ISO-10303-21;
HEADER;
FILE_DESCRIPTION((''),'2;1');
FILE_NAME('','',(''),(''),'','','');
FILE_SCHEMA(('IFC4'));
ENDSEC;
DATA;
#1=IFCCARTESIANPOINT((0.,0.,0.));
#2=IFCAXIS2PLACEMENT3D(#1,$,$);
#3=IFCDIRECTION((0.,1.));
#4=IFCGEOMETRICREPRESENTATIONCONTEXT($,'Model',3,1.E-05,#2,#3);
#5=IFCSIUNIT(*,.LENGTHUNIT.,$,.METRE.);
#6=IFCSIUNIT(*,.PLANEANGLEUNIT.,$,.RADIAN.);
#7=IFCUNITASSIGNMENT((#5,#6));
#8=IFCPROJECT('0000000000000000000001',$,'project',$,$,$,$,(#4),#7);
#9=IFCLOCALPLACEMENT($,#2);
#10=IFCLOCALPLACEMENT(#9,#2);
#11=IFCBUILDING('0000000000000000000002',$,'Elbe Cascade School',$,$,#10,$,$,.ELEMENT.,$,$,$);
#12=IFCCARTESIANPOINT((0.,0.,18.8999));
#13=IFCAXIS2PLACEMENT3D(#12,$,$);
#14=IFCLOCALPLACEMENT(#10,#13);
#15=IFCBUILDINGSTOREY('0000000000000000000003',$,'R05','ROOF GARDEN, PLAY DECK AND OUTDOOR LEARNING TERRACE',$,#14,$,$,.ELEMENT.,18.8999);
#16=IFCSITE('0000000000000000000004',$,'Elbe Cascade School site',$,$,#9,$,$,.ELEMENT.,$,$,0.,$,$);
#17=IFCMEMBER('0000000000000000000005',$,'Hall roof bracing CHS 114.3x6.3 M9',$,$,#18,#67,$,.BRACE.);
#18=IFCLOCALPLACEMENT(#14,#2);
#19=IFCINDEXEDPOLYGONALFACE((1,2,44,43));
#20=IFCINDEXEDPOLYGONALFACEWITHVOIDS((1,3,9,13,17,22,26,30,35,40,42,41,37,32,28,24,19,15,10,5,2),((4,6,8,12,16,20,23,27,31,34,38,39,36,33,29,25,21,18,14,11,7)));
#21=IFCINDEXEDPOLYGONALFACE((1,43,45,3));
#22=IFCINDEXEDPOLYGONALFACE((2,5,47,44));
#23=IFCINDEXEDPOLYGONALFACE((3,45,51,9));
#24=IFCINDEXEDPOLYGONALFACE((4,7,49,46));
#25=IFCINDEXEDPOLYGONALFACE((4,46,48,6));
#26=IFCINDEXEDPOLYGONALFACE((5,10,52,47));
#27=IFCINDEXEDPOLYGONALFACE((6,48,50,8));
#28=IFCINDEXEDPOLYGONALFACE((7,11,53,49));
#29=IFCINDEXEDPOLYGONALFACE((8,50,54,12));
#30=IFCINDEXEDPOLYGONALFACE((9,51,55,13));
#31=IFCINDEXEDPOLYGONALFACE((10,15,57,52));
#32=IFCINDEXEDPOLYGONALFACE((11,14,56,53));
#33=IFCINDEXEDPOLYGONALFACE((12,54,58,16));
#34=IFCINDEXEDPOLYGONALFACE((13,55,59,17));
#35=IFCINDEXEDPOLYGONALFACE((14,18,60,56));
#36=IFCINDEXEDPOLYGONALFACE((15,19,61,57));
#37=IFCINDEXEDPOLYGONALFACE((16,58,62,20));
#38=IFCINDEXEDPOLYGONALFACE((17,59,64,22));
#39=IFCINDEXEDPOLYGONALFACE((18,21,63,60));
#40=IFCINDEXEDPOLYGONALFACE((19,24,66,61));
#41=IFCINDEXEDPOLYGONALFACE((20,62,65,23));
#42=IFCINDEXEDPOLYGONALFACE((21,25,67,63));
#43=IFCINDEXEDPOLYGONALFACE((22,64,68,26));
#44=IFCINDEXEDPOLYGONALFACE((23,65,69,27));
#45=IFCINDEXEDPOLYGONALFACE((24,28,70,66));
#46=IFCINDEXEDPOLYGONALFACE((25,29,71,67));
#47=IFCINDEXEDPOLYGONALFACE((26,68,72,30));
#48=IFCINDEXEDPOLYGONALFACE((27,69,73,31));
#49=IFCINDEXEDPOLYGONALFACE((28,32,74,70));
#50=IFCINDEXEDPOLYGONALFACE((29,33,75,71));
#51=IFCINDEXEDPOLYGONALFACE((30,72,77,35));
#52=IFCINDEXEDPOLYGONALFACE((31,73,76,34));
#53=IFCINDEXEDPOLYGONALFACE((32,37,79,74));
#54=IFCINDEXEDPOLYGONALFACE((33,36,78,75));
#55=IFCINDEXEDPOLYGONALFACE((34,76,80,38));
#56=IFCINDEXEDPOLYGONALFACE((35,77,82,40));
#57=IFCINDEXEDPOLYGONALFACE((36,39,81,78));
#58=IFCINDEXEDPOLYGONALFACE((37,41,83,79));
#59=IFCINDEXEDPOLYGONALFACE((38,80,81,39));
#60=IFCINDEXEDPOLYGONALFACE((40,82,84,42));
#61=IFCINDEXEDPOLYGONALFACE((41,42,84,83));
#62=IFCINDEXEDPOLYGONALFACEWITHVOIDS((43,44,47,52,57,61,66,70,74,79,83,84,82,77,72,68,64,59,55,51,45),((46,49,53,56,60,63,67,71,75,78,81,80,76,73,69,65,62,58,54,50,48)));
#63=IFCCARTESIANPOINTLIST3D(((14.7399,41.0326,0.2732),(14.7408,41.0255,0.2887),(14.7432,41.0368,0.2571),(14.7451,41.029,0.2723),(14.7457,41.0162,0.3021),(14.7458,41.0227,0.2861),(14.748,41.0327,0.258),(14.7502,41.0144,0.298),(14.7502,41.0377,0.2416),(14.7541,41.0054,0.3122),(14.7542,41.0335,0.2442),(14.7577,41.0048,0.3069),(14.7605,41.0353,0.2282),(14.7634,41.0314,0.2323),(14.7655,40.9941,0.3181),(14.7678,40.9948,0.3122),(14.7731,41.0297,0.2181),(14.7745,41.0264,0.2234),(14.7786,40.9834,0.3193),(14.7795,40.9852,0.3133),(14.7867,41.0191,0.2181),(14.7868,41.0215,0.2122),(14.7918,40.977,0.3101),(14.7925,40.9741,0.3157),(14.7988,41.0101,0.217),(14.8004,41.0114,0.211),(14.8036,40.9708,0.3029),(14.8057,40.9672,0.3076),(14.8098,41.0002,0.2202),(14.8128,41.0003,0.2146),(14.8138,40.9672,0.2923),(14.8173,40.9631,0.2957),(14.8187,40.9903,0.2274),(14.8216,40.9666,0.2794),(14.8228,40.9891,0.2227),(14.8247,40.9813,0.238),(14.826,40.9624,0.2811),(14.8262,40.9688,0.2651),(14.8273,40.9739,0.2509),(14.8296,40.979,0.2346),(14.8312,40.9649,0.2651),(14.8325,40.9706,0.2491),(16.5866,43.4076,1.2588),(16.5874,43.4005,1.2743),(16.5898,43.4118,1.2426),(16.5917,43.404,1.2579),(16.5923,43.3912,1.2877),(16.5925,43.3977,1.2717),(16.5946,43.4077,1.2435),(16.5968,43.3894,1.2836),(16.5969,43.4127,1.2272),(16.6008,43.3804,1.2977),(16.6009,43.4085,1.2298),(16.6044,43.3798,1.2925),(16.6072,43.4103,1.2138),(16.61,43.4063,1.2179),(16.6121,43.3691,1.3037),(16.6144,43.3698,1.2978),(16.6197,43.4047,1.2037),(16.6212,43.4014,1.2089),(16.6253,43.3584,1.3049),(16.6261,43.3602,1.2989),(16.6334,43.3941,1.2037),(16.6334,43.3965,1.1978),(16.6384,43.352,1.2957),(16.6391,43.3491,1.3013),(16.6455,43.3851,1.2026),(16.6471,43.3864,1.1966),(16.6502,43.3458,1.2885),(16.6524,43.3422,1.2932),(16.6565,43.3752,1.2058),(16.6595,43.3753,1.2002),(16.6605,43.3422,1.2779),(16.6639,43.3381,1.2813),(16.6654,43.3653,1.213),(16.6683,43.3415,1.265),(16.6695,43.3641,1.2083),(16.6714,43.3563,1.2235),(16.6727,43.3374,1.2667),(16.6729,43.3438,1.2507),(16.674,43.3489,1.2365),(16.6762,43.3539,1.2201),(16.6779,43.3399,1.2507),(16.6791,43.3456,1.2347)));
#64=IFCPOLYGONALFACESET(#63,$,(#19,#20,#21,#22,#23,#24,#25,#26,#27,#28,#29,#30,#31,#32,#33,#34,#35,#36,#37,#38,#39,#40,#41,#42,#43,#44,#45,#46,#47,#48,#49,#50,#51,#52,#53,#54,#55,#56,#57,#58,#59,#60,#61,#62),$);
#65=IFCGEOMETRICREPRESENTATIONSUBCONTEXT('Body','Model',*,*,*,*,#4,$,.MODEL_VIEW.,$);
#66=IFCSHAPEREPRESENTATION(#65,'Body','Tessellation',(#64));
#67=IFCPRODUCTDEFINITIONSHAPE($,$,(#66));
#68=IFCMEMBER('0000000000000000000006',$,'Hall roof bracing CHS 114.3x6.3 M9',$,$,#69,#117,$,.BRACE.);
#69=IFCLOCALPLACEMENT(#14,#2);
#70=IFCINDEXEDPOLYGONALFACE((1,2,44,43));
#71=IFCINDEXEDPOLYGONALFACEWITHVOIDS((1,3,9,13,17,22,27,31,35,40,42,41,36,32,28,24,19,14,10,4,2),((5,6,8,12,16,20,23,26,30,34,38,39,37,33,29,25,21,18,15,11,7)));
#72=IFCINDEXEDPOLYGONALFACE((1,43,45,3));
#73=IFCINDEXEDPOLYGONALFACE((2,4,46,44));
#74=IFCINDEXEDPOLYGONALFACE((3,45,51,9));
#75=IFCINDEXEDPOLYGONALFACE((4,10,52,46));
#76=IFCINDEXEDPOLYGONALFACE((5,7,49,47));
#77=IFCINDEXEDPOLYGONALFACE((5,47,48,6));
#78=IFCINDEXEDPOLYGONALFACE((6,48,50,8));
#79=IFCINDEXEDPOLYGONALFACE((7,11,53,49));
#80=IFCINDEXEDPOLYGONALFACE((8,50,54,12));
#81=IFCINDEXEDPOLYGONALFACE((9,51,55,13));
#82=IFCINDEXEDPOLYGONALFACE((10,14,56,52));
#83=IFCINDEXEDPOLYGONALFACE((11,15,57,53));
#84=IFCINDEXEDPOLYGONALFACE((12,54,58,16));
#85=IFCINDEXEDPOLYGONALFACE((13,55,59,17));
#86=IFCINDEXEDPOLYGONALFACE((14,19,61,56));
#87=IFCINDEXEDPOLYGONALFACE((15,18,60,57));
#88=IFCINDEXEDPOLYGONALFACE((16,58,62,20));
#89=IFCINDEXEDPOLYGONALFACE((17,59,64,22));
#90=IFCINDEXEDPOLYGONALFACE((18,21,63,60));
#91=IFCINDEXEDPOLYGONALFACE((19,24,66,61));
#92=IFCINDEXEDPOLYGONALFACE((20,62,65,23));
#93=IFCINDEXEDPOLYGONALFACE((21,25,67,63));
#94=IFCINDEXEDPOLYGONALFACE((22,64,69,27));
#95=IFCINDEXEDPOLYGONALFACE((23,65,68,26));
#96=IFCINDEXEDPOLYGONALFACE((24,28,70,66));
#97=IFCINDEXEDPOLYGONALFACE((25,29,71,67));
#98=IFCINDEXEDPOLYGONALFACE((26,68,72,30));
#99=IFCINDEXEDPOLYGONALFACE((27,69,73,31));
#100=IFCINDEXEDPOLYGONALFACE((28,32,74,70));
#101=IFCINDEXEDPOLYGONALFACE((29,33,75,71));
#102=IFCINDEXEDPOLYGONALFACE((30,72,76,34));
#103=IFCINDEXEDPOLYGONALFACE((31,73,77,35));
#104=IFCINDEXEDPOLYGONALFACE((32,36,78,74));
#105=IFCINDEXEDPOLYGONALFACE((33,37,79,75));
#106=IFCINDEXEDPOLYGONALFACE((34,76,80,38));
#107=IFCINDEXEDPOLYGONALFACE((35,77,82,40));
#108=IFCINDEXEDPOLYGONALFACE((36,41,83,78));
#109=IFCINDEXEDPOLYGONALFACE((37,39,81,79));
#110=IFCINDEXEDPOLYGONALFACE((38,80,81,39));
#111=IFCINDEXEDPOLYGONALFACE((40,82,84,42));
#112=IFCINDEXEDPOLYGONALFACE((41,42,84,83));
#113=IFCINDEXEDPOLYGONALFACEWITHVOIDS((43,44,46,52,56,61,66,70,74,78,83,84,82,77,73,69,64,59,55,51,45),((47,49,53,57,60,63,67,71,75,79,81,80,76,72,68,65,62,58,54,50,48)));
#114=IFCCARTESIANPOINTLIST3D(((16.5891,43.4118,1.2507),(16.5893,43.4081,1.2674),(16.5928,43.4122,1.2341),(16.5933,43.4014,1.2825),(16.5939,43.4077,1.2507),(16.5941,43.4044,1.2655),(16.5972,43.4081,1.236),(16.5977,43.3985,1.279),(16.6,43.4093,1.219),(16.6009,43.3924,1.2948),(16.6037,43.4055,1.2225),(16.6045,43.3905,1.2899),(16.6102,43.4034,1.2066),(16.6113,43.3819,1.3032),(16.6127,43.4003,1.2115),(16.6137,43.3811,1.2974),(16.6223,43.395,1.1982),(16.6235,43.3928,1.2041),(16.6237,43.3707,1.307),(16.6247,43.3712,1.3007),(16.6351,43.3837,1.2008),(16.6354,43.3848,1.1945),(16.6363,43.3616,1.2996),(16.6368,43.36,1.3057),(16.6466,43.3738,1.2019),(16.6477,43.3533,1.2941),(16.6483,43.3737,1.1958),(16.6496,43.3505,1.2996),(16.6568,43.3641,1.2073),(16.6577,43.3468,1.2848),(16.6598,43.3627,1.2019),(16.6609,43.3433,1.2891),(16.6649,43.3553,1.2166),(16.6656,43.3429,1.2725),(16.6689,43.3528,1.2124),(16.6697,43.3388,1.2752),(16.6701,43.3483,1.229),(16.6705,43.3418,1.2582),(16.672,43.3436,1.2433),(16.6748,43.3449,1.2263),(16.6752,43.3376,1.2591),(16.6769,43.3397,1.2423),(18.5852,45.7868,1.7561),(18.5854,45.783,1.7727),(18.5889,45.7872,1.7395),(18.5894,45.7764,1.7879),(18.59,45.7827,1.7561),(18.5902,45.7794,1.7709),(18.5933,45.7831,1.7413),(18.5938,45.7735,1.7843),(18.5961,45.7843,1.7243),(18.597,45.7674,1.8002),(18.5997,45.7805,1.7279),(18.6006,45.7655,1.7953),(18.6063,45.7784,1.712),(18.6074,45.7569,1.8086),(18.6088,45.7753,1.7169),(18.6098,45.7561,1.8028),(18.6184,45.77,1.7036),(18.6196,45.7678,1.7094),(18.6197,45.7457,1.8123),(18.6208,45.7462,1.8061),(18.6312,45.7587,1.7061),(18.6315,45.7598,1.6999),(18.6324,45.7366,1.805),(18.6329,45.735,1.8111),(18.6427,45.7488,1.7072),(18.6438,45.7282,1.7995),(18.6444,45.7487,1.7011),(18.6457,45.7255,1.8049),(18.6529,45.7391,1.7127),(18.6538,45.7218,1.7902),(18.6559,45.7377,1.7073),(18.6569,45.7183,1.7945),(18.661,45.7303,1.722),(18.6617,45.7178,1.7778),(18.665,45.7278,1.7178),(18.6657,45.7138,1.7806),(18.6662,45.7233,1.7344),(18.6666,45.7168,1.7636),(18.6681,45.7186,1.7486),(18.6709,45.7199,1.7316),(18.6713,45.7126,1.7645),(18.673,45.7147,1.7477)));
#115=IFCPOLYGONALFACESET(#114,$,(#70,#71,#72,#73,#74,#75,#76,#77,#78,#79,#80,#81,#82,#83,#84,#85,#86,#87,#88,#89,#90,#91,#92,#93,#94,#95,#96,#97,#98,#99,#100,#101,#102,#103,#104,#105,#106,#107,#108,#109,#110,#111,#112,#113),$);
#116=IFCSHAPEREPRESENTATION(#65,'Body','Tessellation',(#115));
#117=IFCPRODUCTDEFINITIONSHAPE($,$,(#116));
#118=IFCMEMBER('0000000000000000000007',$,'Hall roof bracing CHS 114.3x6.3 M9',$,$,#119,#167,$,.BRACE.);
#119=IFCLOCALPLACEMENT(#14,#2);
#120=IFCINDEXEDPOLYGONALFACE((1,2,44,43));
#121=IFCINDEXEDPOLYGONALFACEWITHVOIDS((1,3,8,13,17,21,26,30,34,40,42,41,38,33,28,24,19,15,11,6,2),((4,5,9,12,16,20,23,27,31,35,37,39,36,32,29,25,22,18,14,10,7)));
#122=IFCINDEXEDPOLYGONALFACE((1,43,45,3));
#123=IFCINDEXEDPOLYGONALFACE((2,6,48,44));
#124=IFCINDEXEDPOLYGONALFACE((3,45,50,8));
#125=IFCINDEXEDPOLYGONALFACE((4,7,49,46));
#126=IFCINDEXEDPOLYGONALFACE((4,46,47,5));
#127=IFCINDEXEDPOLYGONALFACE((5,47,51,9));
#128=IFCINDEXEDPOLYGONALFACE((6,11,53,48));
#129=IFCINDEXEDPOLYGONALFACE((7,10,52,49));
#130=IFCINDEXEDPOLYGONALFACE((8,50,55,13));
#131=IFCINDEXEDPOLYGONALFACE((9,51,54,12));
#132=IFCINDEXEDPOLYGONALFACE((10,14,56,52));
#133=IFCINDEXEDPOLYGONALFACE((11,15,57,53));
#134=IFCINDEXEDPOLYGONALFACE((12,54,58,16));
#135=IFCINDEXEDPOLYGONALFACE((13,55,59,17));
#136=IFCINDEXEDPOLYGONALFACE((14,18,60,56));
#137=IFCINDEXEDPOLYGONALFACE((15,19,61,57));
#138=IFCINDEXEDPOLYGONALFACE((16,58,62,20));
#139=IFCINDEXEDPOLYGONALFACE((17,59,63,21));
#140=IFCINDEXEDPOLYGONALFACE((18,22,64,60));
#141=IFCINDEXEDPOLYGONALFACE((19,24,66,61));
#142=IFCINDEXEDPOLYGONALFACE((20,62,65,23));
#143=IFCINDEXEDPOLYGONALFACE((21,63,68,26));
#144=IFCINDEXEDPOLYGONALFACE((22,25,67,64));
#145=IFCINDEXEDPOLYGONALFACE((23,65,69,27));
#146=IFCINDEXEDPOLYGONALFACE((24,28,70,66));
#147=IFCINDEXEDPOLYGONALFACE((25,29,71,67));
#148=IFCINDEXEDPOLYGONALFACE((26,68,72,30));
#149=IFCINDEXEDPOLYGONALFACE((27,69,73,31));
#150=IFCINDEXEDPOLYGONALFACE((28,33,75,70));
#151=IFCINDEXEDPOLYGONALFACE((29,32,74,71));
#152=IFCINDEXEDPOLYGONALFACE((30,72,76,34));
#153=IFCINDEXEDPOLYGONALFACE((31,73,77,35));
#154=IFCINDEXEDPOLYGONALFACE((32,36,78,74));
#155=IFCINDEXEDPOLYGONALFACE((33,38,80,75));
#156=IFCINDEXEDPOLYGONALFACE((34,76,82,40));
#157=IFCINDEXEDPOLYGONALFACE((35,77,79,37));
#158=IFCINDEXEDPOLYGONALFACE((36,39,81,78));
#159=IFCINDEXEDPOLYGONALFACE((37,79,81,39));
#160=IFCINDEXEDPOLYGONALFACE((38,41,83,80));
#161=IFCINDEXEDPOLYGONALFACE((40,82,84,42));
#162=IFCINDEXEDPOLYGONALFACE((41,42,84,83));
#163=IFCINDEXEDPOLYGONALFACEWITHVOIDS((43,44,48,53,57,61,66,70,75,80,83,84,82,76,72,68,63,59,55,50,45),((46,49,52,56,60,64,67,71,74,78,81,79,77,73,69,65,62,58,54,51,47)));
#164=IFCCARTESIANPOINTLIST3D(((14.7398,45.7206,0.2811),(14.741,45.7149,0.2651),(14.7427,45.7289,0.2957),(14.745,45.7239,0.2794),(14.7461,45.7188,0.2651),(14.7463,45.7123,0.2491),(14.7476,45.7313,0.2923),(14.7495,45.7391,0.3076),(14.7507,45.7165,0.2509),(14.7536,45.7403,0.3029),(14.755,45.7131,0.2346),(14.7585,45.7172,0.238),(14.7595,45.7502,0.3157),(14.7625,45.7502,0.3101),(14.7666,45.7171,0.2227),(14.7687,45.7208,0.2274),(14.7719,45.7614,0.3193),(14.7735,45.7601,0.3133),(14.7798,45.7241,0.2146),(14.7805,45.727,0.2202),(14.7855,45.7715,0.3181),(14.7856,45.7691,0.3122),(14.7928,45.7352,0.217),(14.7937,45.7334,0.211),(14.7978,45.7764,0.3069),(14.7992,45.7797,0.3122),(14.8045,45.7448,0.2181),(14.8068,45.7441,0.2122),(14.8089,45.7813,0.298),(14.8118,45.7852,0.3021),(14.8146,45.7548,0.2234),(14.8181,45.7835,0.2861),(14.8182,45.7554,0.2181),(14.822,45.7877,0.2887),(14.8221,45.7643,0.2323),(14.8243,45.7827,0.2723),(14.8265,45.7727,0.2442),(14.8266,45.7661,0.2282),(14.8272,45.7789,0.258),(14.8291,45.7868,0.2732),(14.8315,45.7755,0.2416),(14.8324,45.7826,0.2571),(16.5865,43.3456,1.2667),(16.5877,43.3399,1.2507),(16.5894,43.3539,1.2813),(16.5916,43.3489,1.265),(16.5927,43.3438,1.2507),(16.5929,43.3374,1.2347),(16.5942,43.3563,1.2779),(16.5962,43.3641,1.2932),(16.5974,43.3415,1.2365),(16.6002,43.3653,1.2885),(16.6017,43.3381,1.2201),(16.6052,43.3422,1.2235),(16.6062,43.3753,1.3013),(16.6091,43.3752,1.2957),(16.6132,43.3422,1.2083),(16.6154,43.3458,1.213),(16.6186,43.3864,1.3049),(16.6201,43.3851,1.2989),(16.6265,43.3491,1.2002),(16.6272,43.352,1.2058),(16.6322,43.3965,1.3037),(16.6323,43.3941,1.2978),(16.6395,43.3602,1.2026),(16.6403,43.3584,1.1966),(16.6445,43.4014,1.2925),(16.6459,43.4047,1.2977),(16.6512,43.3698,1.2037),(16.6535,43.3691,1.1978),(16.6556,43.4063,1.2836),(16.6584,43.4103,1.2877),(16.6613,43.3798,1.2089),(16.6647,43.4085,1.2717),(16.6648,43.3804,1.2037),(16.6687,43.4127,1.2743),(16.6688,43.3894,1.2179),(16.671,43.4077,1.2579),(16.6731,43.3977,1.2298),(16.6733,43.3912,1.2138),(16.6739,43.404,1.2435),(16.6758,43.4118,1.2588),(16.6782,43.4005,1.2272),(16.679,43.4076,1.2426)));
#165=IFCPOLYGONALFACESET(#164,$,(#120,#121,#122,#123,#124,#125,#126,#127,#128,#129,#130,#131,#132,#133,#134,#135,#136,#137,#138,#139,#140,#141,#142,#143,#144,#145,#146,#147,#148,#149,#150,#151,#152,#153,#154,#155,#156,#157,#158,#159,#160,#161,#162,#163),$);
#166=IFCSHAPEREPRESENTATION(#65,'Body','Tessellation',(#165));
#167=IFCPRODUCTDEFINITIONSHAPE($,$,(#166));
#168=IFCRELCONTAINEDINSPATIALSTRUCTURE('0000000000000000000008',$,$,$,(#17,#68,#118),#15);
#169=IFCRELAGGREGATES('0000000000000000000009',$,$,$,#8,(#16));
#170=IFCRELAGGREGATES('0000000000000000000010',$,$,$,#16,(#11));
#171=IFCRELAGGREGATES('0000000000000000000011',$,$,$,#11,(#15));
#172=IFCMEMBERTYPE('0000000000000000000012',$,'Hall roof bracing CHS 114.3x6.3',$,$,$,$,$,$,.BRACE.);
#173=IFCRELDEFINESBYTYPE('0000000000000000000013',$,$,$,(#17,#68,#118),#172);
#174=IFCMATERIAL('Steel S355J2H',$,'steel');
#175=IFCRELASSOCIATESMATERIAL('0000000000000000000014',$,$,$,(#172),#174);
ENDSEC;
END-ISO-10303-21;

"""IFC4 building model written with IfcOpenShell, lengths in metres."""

from ifc_helpers import new_model, si_unit, direction, frame, origin, origin_2d, place, context, subcontext, project, spatial, hollow_circle, extrude, material, material_profile, profile_set, type_object, element, save


model = new_model("IFC4")

# Units and contexts
model_context = context("Model", 3, precision=1e-05, world=origin(), true_north=direction((0.0, 1.0)))
body_context = subcontext(model_context, "Body", "Model", "MODEL_VIEW")
ifc_project = project(units=[si_unit("LENGTHUNIT", "METRE"), si_unit("PLANEANGLEUNIT", "RADIAN")], contexts=[model_context])

# Site, building, storey
site_placement = place(None, origin())
site = spatial("IfcSite", under=ifc_project, at=site_placement, Name="Elbe Cascade School site", CompositionType="ELEMENT", RefElevation=0.0)
building_placement = place(site_placement, origin())
building = spatial("IfcBuilding", under=site, at=building_placement, Name="Elbe Cascade School", CompositionType="ELEMENT")
storey_placement = place(building_placement, frame((0.0, 0.0, 18.8999)))
storey = spatial("IfcBuildingStorey", under=building, at=storey_placement, Name="R05", Description="ROOF GARDEN, PLAY DECK AND OUTDOOR LEARNING TERRACE", CompositionType="ELEMENT", Elevation=18.8999)

# Members
ifc_material_1 = material(Name="Steel S355J2H", Category="steel")
ifc_material_profile_1 = material_profile(ifc_material_1, hollow_circle(Radius=0.0571, WallThickness=0.0063, at=origin_2d()), Name="CHS 114.3x6.3")
ifc_profile_set_1 = profile_set([ifc_material_profile_1], Name="Steel S355J2H")
member_type_1 = type_object("IfcMemberType", Name="Hall roof bracing CHS 114.3x6.3", PredefinedType="BRACE", material=ifc_profile_set_1)
member_1_placement = place(storey_placement, frame((16.6328, 43.375, 1.2507), z_axis=(-0.583323, -0.750207, -0.311327), x_axis=(0.78944, -0.613828, 0.0)))
element("IfcMember", 1, at=member_1_placement, inside=storey, type_object=member_type_1, Name="Hall roof bracing CHS 114.3x6.3 M9", PredefinedType="BRACE", context=body_context, shape_type="SweptSolid", body=[
    extrude(hollow_circle(Radius=0.0571, WallThickness=0.0063, at=origin_2d()), origin(), (0.0, 0.0, 1.0), 3.1658),
])
member_2_placement = place(storey_placement, frame((16.6328, 43.375, 1.2507), z_axis=(0.635029, 0.755572, 0.160777), x_axis=(-0.765531, 0.643399, 0.0)))
element("IfcMember", 2, at=member_2_placement, inside=storey, type_object=member_type_1, Name="Hall roof bracing CHS 114.3x6.3 M9", PredefinedType="BRACE", context=body_context, shape_type="SweptSolid", body=[
    extrude(hollow_circle(Radius=0.0571, WallThickness=0.0063, at=origin_2d()), origin(), (0.0, 0.0, 1.0), 3.1433),
])
member_3_placement = place(storey_placement, frame((16.6328, 43.375, 1.2507), z_axis=(-0.583323, 0.750207, -0.311327), x_axis=(-0.78944, -0.613828, 0.0)))
element("IfcMember", 3, at=member_3_placement, inside=storey, type_object=member_type_1, Name="Hall roof bracing CHS 114.3x6.3 M9", PredefinedType="BRACE", context=body_context, shape_type="SweptSolid", body=[
    extrude(hollow_circle(Radius=0.0571, WallThickness=0.0063, at=origin_2d()), origin(), (0.0, 0.0, 1.0), 3.1658),
])

save(model, "model.ifc")
